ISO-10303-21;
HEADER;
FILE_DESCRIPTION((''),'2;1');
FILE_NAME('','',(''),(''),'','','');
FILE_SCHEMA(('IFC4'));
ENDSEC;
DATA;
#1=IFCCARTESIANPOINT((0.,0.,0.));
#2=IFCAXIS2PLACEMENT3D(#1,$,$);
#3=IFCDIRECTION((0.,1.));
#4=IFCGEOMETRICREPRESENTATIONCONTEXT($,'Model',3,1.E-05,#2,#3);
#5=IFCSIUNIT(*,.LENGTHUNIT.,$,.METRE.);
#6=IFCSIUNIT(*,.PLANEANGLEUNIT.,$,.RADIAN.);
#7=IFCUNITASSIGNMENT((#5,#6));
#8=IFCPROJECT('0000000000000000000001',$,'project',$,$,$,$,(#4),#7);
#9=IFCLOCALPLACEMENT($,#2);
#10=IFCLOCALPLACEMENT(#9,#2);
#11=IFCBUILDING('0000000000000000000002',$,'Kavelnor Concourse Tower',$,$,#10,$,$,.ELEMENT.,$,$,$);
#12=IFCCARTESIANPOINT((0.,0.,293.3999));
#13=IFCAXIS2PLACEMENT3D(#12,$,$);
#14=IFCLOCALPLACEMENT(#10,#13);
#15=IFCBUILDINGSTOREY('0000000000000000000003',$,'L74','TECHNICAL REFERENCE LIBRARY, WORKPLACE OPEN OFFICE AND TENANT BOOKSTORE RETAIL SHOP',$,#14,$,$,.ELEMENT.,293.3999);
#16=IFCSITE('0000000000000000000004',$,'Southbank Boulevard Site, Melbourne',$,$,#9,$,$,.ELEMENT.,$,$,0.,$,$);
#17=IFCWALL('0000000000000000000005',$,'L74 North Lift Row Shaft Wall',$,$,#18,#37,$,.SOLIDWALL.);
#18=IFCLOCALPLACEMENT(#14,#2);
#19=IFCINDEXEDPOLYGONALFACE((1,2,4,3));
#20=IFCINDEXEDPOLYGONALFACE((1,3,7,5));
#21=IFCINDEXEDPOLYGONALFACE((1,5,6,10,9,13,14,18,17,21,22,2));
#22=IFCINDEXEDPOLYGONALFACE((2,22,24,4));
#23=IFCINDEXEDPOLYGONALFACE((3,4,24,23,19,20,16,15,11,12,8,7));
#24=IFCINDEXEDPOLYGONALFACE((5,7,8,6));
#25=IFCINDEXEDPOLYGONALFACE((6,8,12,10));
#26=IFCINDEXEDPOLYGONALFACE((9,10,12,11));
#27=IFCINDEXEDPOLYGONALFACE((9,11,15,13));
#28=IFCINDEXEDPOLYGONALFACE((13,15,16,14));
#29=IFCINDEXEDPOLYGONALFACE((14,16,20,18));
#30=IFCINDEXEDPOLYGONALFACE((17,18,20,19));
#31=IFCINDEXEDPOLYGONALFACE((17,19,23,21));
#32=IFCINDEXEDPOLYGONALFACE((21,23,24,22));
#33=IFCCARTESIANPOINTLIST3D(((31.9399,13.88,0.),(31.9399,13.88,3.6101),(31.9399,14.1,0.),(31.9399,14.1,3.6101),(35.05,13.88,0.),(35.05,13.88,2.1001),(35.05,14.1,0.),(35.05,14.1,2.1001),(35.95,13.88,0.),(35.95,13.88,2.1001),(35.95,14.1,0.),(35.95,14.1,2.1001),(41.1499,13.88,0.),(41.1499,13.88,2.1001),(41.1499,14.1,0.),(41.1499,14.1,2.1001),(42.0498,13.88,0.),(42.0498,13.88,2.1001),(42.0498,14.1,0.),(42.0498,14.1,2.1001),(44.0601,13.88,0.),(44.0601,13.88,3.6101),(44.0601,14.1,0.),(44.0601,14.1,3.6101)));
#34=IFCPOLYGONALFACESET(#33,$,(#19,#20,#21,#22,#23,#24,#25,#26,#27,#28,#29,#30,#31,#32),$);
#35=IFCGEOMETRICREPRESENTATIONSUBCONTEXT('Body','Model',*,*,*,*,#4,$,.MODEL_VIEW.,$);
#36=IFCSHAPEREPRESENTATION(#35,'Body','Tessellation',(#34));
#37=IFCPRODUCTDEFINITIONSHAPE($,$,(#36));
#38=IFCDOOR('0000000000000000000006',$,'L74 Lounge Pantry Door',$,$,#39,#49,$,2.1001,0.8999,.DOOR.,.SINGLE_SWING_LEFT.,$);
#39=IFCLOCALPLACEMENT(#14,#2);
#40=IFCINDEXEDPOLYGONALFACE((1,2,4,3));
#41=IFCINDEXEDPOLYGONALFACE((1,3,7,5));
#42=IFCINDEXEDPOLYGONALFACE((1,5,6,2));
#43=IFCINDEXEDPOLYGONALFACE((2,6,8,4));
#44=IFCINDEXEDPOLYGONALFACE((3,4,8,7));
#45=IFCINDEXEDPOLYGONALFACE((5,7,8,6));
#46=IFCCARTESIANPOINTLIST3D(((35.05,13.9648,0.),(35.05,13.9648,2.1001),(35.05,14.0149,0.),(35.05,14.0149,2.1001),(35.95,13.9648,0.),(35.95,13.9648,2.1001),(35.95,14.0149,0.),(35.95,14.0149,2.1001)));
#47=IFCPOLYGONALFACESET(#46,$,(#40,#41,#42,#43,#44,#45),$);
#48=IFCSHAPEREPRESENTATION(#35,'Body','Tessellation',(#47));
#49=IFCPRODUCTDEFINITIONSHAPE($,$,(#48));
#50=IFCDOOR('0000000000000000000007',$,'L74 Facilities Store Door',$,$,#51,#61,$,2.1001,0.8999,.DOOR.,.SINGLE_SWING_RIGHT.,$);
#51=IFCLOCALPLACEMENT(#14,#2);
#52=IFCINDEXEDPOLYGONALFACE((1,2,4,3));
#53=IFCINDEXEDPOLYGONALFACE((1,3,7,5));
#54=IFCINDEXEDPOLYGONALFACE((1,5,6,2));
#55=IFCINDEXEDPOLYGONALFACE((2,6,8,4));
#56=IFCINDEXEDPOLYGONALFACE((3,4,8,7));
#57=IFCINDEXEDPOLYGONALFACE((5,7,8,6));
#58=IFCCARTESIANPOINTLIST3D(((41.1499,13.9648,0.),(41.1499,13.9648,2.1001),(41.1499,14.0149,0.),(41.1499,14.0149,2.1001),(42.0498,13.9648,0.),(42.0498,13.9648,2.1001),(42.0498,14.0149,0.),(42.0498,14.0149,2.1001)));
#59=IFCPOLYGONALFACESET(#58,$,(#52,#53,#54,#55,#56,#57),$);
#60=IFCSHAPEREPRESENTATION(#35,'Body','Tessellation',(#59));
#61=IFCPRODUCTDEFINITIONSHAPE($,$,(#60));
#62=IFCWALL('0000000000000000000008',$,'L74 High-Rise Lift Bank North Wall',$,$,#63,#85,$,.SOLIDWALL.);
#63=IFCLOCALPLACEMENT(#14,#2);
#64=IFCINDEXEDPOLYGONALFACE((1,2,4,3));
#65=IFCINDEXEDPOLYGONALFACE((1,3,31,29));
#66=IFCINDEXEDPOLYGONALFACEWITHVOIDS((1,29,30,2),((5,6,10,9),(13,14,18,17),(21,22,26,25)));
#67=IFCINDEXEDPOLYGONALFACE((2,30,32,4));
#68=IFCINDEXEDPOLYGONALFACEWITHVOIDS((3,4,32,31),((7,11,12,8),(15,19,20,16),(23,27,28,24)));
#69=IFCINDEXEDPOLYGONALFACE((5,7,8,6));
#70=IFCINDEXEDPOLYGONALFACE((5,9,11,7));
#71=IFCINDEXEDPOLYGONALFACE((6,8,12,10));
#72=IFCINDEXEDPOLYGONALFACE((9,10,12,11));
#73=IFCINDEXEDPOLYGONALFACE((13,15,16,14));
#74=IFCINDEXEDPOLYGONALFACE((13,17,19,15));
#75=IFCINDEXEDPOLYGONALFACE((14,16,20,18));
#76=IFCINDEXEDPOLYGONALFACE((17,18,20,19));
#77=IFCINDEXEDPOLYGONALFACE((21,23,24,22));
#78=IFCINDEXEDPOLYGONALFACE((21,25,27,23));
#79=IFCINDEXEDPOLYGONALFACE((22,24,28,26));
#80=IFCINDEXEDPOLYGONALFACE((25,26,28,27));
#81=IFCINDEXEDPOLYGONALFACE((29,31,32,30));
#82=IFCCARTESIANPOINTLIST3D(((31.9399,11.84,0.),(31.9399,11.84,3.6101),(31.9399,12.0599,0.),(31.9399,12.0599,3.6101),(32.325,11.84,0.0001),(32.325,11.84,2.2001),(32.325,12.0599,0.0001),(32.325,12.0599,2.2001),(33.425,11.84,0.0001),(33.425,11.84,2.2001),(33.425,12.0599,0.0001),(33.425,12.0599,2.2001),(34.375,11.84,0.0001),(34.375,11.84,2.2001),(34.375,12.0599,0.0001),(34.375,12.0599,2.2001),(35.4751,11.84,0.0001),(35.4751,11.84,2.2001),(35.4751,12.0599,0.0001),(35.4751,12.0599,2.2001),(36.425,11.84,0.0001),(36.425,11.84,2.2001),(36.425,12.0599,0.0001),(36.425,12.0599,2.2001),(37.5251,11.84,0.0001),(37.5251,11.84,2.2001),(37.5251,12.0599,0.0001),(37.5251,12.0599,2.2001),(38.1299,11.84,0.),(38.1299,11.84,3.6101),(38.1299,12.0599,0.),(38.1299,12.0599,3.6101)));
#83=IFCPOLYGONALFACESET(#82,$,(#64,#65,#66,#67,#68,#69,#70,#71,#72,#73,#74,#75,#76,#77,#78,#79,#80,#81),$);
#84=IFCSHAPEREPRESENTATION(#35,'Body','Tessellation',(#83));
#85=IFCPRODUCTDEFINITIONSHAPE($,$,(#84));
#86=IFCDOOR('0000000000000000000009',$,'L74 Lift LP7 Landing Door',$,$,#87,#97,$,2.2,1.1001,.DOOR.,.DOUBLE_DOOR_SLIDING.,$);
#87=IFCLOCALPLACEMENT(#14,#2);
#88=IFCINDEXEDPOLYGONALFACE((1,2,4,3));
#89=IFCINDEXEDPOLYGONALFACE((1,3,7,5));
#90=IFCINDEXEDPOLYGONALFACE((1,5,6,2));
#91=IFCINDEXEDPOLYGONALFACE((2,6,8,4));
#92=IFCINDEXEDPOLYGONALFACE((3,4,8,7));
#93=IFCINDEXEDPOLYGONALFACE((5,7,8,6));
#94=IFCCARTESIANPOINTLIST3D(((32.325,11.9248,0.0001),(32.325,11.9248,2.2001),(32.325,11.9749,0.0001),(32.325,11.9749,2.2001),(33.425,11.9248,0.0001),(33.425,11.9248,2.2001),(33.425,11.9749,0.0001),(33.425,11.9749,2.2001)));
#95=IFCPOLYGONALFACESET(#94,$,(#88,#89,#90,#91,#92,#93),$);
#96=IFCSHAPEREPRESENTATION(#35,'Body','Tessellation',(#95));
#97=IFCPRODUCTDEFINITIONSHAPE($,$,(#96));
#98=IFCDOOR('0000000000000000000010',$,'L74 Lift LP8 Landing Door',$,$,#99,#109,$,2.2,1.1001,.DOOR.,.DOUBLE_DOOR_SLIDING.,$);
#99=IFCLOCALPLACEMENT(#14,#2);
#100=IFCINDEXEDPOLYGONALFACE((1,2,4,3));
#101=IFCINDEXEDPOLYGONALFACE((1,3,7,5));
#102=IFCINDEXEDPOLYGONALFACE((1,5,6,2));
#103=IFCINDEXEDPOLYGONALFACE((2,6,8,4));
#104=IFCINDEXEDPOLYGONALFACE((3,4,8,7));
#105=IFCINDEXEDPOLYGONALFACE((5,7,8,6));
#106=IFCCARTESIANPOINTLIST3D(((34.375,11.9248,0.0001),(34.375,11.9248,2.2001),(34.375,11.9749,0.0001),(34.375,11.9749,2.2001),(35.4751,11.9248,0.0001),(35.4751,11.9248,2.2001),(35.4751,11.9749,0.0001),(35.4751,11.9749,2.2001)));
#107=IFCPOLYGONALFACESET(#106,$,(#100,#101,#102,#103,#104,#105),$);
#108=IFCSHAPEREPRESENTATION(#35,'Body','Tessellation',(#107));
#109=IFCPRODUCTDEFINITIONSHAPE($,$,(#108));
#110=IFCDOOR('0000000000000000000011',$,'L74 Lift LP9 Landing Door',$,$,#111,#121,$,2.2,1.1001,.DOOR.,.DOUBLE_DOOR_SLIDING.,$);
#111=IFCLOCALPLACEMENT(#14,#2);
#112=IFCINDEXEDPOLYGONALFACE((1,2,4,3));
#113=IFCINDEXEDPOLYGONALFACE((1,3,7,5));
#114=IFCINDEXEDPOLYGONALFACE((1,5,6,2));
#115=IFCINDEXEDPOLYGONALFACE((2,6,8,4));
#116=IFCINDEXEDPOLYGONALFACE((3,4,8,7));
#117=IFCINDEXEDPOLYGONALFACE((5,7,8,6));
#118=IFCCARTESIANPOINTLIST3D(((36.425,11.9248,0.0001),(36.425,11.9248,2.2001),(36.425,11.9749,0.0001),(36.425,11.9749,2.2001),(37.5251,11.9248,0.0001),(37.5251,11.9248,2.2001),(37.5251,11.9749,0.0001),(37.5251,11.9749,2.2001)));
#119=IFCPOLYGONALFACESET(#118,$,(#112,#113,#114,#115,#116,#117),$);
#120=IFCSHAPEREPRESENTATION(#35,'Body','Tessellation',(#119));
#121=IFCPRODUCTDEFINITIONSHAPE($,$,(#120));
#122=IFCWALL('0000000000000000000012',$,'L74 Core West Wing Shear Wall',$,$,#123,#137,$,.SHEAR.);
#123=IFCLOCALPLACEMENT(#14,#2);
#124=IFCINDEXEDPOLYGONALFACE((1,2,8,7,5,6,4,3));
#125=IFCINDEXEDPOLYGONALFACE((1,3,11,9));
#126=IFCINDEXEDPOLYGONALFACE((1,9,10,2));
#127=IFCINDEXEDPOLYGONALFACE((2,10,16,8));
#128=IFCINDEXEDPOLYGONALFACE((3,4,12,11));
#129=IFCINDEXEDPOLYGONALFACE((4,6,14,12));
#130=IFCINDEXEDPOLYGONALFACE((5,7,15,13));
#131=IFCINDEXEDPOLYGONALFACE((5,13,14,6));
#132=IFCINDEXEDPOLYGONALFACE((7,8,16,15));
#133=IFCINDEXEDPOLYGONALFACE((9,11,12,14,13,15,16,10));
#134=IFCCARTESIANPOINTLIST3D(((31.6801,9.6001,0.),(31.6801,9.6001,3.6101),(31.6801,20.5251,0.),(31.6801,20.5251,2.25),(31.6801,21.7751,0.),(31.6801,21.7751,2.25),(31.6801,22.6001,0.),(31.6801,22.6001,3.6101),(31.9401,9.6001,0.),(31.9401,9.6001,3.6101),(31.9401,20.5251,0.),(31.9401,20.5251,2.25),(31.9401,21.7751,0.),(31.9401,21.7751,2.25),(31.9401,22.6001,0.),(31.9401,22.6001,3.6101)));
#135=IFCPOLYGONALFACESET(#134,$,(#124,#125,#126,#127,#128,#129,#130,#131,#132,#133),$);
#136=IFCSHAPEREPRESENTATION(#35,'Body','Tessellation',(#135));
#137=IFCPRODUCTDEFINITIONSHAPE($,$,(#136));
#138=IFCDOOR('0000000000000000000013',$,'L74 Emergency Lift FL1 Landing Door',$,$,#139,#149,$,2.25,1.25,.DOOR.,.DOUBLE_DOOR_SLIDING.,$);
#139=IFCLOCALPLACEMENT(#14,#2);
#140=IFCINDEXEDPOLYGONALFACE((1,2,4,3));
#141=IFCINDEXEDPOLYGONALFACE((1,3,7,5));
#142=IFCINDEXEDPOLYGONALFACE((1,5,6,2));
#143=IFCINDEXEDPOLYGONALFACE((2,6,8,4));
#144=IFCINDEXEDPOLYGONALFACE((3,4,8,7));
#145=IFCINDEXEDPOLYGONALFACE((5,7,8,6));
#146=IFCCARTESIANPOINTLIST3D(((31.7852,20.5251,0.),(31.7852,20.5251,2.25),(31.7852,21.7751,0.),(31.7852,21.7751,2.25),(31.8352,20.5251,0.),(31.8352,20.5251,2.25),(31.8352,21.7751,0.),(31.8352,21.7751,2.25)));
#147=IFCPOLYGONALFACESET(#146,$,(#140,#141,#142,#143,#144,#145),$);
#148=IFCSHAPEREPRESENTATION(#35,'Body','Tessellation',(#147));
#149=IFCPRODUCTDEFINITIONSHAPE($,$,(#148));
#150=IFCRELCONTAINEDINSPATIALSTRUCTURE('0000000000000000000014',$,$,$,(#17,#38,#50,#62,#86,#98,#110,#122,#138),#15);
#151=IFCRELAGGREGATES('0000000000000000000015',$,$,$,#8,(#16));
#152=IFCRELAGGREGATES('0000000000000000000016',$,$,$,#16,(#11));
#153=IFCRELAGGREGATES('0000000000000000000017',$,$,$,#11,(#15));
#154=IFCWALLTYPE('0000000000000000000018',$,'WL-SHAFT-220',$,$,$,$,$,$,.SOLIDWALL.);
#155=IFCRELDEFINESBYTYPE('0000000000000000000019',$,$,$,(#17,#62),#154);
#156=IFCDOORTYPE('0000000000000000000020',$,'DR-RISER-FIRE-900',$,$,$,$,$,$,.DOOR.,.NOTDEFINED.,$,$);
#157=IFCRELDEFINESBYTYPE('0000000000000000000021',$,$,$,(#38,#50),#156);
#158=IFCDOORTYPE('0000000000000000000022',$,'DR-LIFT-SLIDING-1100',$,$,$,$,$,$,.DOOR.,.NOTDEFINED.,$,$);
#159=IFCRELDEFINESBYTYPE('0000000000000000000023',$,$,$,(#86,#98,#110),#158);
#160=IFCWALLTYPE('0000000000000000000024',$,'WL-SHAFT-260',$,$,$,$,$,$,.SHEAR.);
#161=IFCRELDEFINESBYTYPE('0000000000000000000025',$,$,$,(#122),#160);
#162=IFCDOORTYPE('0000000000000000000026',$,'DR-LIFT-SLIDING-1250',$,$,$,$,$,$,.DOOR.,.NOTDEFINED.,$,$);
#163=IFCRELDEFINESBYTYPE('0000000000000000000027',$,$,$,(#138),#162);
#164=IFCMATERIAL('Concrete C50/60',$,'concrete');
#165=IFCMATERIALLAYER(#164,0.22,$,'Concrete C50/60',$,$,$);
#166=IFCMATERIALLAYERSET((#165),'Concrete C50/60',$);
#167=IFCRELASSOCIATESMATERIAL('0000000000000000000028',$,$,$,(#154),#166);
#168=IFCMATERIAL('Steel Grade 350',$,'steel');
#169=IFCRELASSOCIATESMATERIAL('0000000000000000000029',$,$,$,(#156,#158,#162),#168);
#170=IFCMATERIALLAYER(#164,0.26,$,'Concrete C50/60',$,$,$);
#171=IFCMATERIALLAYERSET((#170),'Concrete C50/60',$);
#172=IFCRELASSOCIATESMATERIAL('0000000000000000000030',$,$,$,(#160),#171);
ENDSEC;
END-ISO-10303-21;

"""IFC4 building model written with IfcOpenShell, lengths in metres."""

from ifc_helpers import new_model, si_unit, direction, frame, frame_2d, origin, place, context, subcontext, project, spatial, rectangle, extrude, material, layer, layer_set, type_object, element, fill, save


model = new_model("IFC4")

# Units and contexts
model_context = context("Model", 3, precision=1e-05, world=origin(), true_north=direction((0.0, 1.0)))
body_context = subcontext(model_context, "Body", "Model", "MODEL_VIEW")
ifc_project = project(units=[si_unit("LENGTHUNIT", "METRE"), si_unit("PLANEANGLEUNIT", "RADIAN")], contexts=[model_context])

# Site, building, storey
site_placement = place(None, origin())
site = spatial("IfcSite", under=ifc_project, at=site_placement, Name="Southbank Boulevard Site, Melbourne", CompositionType="ELEMENT", RefElevation=0.0)
building_placement = place(site_placement, origin())
building = spatial("IfcBuilding", under=site, at=building_placement, Name="Kavelnor Concourse Tower", CompositionType="ELEMENT")
storey_placement = place(building_placement, frame((0.0, 0.0, 293.3999)))
storey = spatial("IfcBuildingStorey", under=building, at=storey_placement, Name="L74", Description="TECHNICAL REFERENCE LIBRARY, WORKPLACE OPEN OFFICE AND TENANT BOOKSTORE RETAIL SHOP", CompositionType="ELEMENT", Elevation=293.3999)

# Shared definitions
ifc_material_1 = material(Name="Steel Grade 350", Category="steel")

# Walls, openings, doors
ifc_material_2 = material(Name="Concrete C50/60", Category="concrete")
ifc_layer_1 = layer(ifc_material_2, 0.22, Name="Concrete C50/60")
ifc_layer_set_1 = layer_set([ifc_layer_1], Name="Concrete C50/60")
wall_type_1 = type_object("IfcWallType", Name="WL-SHAFT-220", PredefinedType="SOLIDWALL", material=ifc_layer_set_1)
wall_1_placement = place(storey_placement, frame((31.9399, 13.99, 0.0), z_axis=(0.0, 0.0, 1.0), x_axis=(1.0, 0.0, 0.0)))
wall_1 = element("IfcWall", 1, at=wall_1_placement, inside=storey, type_object=wall_type_1, Name="L74 North Lift Row Shaft Wall", PredefinedType="SOLIDWALL", context=body_context, shape_type="SweptSolid", body=[
    extrude(rectangle(XDim=12.1201, YDim=0.22, at=frame_2d((6.0601, 0.0))), origin(), (0.0, 0.0, 1.0), 3.6101),
])
opening_1_placement = place(wall_1_placement, frame((3.1101, 0.0, 0.0)))
opening_1 = element("IfcOpeningElement", 2, at=opening_1_placement, cuts=wall_1, PredefinedType="OPENING", context=body_context, shape_type="SweptSolid", body=[
    extrude(rectangle(XDim=0.8999, YDim=2.1001, at=frame_2d((0.45, 1.05))), frame((0.0, 0.1201, 0.0), z_axis=(0.0, -1.0, 0.0), x_axis=(1.0, 0.0, 0.0)), (0.0, 0.0, 1.0), 0.24),
])
opening_2_placement = place(wall_1_placement, frame((9.21, 0.0, 0.0)))
opening_2 = element("IfcOpeningElement", 3, at=opening_2_placement, cuts=wall_1, PredefinedType="OPENING", context=body_context, shape_type="SweptSolid", body=[
    extrude(rectangle(XDim=0.8999, YDim=2.1001, at=frame_2d((0.45, 1.05))), frame((0.0, 0.1201, 0.0), z_axis=(0.0, -1.0, 0.0), x_axis=(1.0, 0.0, 0.0)), (0.0, 0.0, 1.0), 0.24),
])
door_type_1 = type_object("IfcDoorType", Name="DR-RISER-FIRE-900", OperationType="NOTDEFINED", PredefinedType="DOOR", material=ifc_material_1)
door_1_placement = place(opening_1_placement, origin())
door_1 = element("IfcDoor", 4, at=door_1_placement, inside=storey, type_object=door_type_1, Name="L74 Lounge Pantry Door", OperationType="SINGLE_SWING_LEFT", OverallHeight=2.1001, OverallWidth=0.8999, PredefinedType="DOOR", context=body_context, shape_type="SweptSolid", body=[
    extrude(rectangle(XDim=0.8999, YDim=2.1001, at=frame_2d((0.45, 1.05))), frame((0.0, 0.0249, 0.0), z_axis=(0.0, -1.0, 0.0), x_axis=(1.0, 0.0, 0.0)), (0.0, 0.0, 1.0), 0.05),
])
fill(opening_1, door_1)
door_2_placement = place(opening_2_placement, origin())
door_2 = element("IfcDoor", 5, at=door_2_placement, inside=storey, type_object=door_type_1, Name="L74 Facilities Store Door", OperationType="SINGLE_SWING_RIGHT", OverallHeight=2.1001, OverallWidth=0.8999, PredefinedType="DOOR", context=body_context, shape_type="SweptSolid", body=[
    extrude(rectangle(XDim=0.8999, YDim=2.1001, at=frame_2d((0.45, 1.05))), frame((0.0, 0.0249, 0.0), z_axis=(0.0, -1.0, 0.0), x_axis=(1.0, 0.0, 0.0)), (0.0, 0.0, 1.0), 0.05),
])
fill(opening_2, door_2)
wall_2_placement = place(storey_placement, frame((31.9399, 11.95, 0.0), z_axis=(0.0, 0.0, 1.0), x_axis=(1.0, 0.0, 0.0)))
wall_2 = element("IfcWall", 6, at=wall_2_placement, inside=storey, type_object=wall_type_1, Name="L74 High-Rise Lift Bank North Wall", PredefinedType="SOLIDWALL", context=body_context, shape_type="SweptSolid", body=[
    extrude(rectangle(XDim=6.1899, YDim=0.22, at=frame_2d((3.095, 0.0))), origin(), (0.0, 0.0, 1.0), 3.6101),
])
opening_3_placement = place(wall_2_placement, frame((0.385, 0.0, 0.0)))
opening_3 = element("IfcOpeningElement", 7, at=opening_3_placement, cuts=wall_2, PredefinedType="OPENING", context=body_context, shape_type="SweptSolid", body=[
    extrude(rectangle(XDim=1.1001, YDim=2.2, at=frame_2d((0.55, 1.1001))), frame((0.0, 0.1201, 0.0), z_axis=(0.0, -1.0, 0.0), x_axis=(1.0, 0.0, 0.0)), (0.0, 0.0, 1.0), 0.24),
])
opening_4_placement = place(wall_2_placement, frame((2.4351, 0.0, 0.0)))
opening_4 = element("IfcOpeningElement", 8, at=opening_4_placement, cuts=wall_2, PredefinedType="OPENING", context=body_context, shape_type="SweptSolid", body=[
    extrude(rectangle(XDim=1.1001, YDim=2.2, at=frame_2d((0.55, 1.1001))), frame((0.0, 0.1201, 0.0), z_axis=(0.0, -1.0, 0.0), x_axis=(1.0, 0.0, 0.0)), (0.0, 0.0, 1.0), 0.24),
])
opening_5_placement = place(wall_2_placement, frame((4.4851, 0.0, 0.0)))
opening_5 = element("IfcOpeningElement", 9, at=opening_5_placement, cuts=wall_2, PredefinedType="OPENING", context=body_context, shape_type="SweptSolid", body=[
    extrude(rectangle(XDim=1.1001, YDim=2.2, at=frame_2d((0.55, 1.1001))), frame((0.0, 0.1201, 0.0), z_axis=(0.0, -1.0, 0.0), x_axis=(1.0, 0.0, 0.0)), (0.0, 0.0, 1.0), 0.24),
])
door_type_2 = type_object("IfcDoorType", Name="DR-LIFT-SLIDING-1100", OperationType="NOTDEFINED", PredefinedType="DOOR", material=ifc_material_1)
door_3_placement = place(opening_3_placement, origin())
door_3 = element("IfcDoor", 10, at=door_3_placement, inside=storey, type_object=door_type_2, Name="L74 Lift LP7 Landing Door", OperationType="DOUBLE_DOOR_SLIDING", OverallHeight=2.2, OverallWidth=1.1001, PredefinedType="DOOR", context=body_context, shape_type="SweptSolid", body=[
    extrude(rectangle(XDim=1.1001, YDim=2.2, at=frame_2d((0.55, 1.1001))), frame((0.0, 0.0249, 0.0), z_axis=(0.0, -1.0, 0.0), x_axis=(1.0, 0.0, 0.0)), (0.0, 0.0, 1.0), 0.05),
])
fill(opening_3, door_3)
door_4_placement = place(opening_4_placement, origin())
door_4 = element("IfcDoor", 11, at=door_4_placement, inside=storey, type_object=door_type_2, Name="L74 Lift LP8 Landing Door", OperationType="DOUBLE_DOOR_SLIDING", OverallHeight=2.2, OverallWidth=1.1001, PredefinedType="DOOR", context=body_context, shape_type="SweptSolid", body=[
    extrude(rectangle(XDim=1.1001, YDim=2.2, at=frame_2d((0.55, 1.1001))), frame((0.0, 0.0249, 0.0), z_axis=(0.0, -1.0, 0.0), x_axis=(1.0, 0.0, 0.0)), (0.0, 0.0, 1.0), 0.05),
])
fill(opening_4, door_4)
door_5_placement = place(opening_5_placement, origin())
door_5 = element("IfcDoor", 12, at=door_5_placement, inside=storey, type_object=door_type_2, Name="L74 Lift LP9 Landing Door", OperationType="DOUBLE_DOOR_SLIDING", OverallHeight=2.2, OverallWidth=1.1001, PredefinedType="DOOR", context=body_context, shape_type="SweptSolid", body=[
    extrude(rectangle(XDim=1.1001, YDim=2.2, at=frame_2d((0.55, 1.1001))), frame((0.0, 0.0249, 0.0), z_axis=(0.0, -1.0, 0.0), x_axis=(1.0, 0.0, 0.0)), (0.0, 0.0, 1.0), 0.05),
])
fill(opening_5, door_5)

# Wall, opening, door
ifc_layer_2 = layer(ifc_material_2, 0.26, Name="Concrete C50/60")
ifc_layer_set_2 = layer_set([ifc_layer_2], Name="Concrete C50/60")
wall_type_2 = type_object("IfcWallType", Name="WL-SHAFT-260", PredefinedType="SHEAR", material=ifc_layer_set_2)
wall_3_placement = place(storey_placement, frame((31.8101, 9.6001, 0.0), z_axis=(0.0, 0.0, 1.0), x_axis=(0.0, 1.0, 0.0)))
wall_3 = element("IfcWall", 13, at=wall_3_placement, inside=storey, type_object=wall_type_2, Name="L74 Core West Wing Shear Wall", PredefinedType="SHEAR", context=body_context, shape_type="SweptSolid", body=[
    extrude(rectangle(XDim=13.0, YDim=0.26, at=frame_2d((6.5, 0.0))), origin(), (0.0, 0.0, 1.0), 3.6101),
])
opening_6_placement = place(wall_3_placement, frame((10.925, 0.0, 0.0)))
opening_6 = element("IfcOpeningElement", 14, at=opening_6_placement, cuts=wall_3, PredefinedType="OPENING", context=body_context, shape_type="SweptSolid", body=[
    extrude(rectangle(XDim=1.25, YDim=2.25, at=frame_2d((0.625, 1.125))), frame((0.0, 0.1401, 0.0), z_axis=(0.0, -1.0, 0.0), x_axis=(1.0, 0.0, 0.0)), (0.0, 0.0, 1.0), 0.28),
])
door_type_3 = type_object("IfcDoorType", Name="DR-LIFT-SLIDING-1250", OperationType="NOTDEFINED", PredefinedType="DOOR", material=ifc_material_1)
door_6_placement = place(opening_6_placement, origin())
door_6 = element("IfcDoor", 15, at=door_6_placement, inside=storey, type_object=door_type_3, Name="L74 Emergency Lift FL1 Landing Door", OperationType="DOUBLE_DOOR_SLIDING", OverallHeight=2.25, OverallWidth=1.25, PredefinedType="DOOR", context=body_context, shape_type="SweptSolid", body=[
    extrude(rectangle(XDim=1.25, YDim=2.25, at=frame_2d((0.625, 1.125))), frame((0.0, 0.0249, 0.0), z_axis=(0.0, -1.0, 0.0), x_axis=(1.0, 0.0, 0.0)), (0.0, 0.0, 1.0), 0.05),
])
fill(opening_6, door_6)

save(model, "model.ifc")
